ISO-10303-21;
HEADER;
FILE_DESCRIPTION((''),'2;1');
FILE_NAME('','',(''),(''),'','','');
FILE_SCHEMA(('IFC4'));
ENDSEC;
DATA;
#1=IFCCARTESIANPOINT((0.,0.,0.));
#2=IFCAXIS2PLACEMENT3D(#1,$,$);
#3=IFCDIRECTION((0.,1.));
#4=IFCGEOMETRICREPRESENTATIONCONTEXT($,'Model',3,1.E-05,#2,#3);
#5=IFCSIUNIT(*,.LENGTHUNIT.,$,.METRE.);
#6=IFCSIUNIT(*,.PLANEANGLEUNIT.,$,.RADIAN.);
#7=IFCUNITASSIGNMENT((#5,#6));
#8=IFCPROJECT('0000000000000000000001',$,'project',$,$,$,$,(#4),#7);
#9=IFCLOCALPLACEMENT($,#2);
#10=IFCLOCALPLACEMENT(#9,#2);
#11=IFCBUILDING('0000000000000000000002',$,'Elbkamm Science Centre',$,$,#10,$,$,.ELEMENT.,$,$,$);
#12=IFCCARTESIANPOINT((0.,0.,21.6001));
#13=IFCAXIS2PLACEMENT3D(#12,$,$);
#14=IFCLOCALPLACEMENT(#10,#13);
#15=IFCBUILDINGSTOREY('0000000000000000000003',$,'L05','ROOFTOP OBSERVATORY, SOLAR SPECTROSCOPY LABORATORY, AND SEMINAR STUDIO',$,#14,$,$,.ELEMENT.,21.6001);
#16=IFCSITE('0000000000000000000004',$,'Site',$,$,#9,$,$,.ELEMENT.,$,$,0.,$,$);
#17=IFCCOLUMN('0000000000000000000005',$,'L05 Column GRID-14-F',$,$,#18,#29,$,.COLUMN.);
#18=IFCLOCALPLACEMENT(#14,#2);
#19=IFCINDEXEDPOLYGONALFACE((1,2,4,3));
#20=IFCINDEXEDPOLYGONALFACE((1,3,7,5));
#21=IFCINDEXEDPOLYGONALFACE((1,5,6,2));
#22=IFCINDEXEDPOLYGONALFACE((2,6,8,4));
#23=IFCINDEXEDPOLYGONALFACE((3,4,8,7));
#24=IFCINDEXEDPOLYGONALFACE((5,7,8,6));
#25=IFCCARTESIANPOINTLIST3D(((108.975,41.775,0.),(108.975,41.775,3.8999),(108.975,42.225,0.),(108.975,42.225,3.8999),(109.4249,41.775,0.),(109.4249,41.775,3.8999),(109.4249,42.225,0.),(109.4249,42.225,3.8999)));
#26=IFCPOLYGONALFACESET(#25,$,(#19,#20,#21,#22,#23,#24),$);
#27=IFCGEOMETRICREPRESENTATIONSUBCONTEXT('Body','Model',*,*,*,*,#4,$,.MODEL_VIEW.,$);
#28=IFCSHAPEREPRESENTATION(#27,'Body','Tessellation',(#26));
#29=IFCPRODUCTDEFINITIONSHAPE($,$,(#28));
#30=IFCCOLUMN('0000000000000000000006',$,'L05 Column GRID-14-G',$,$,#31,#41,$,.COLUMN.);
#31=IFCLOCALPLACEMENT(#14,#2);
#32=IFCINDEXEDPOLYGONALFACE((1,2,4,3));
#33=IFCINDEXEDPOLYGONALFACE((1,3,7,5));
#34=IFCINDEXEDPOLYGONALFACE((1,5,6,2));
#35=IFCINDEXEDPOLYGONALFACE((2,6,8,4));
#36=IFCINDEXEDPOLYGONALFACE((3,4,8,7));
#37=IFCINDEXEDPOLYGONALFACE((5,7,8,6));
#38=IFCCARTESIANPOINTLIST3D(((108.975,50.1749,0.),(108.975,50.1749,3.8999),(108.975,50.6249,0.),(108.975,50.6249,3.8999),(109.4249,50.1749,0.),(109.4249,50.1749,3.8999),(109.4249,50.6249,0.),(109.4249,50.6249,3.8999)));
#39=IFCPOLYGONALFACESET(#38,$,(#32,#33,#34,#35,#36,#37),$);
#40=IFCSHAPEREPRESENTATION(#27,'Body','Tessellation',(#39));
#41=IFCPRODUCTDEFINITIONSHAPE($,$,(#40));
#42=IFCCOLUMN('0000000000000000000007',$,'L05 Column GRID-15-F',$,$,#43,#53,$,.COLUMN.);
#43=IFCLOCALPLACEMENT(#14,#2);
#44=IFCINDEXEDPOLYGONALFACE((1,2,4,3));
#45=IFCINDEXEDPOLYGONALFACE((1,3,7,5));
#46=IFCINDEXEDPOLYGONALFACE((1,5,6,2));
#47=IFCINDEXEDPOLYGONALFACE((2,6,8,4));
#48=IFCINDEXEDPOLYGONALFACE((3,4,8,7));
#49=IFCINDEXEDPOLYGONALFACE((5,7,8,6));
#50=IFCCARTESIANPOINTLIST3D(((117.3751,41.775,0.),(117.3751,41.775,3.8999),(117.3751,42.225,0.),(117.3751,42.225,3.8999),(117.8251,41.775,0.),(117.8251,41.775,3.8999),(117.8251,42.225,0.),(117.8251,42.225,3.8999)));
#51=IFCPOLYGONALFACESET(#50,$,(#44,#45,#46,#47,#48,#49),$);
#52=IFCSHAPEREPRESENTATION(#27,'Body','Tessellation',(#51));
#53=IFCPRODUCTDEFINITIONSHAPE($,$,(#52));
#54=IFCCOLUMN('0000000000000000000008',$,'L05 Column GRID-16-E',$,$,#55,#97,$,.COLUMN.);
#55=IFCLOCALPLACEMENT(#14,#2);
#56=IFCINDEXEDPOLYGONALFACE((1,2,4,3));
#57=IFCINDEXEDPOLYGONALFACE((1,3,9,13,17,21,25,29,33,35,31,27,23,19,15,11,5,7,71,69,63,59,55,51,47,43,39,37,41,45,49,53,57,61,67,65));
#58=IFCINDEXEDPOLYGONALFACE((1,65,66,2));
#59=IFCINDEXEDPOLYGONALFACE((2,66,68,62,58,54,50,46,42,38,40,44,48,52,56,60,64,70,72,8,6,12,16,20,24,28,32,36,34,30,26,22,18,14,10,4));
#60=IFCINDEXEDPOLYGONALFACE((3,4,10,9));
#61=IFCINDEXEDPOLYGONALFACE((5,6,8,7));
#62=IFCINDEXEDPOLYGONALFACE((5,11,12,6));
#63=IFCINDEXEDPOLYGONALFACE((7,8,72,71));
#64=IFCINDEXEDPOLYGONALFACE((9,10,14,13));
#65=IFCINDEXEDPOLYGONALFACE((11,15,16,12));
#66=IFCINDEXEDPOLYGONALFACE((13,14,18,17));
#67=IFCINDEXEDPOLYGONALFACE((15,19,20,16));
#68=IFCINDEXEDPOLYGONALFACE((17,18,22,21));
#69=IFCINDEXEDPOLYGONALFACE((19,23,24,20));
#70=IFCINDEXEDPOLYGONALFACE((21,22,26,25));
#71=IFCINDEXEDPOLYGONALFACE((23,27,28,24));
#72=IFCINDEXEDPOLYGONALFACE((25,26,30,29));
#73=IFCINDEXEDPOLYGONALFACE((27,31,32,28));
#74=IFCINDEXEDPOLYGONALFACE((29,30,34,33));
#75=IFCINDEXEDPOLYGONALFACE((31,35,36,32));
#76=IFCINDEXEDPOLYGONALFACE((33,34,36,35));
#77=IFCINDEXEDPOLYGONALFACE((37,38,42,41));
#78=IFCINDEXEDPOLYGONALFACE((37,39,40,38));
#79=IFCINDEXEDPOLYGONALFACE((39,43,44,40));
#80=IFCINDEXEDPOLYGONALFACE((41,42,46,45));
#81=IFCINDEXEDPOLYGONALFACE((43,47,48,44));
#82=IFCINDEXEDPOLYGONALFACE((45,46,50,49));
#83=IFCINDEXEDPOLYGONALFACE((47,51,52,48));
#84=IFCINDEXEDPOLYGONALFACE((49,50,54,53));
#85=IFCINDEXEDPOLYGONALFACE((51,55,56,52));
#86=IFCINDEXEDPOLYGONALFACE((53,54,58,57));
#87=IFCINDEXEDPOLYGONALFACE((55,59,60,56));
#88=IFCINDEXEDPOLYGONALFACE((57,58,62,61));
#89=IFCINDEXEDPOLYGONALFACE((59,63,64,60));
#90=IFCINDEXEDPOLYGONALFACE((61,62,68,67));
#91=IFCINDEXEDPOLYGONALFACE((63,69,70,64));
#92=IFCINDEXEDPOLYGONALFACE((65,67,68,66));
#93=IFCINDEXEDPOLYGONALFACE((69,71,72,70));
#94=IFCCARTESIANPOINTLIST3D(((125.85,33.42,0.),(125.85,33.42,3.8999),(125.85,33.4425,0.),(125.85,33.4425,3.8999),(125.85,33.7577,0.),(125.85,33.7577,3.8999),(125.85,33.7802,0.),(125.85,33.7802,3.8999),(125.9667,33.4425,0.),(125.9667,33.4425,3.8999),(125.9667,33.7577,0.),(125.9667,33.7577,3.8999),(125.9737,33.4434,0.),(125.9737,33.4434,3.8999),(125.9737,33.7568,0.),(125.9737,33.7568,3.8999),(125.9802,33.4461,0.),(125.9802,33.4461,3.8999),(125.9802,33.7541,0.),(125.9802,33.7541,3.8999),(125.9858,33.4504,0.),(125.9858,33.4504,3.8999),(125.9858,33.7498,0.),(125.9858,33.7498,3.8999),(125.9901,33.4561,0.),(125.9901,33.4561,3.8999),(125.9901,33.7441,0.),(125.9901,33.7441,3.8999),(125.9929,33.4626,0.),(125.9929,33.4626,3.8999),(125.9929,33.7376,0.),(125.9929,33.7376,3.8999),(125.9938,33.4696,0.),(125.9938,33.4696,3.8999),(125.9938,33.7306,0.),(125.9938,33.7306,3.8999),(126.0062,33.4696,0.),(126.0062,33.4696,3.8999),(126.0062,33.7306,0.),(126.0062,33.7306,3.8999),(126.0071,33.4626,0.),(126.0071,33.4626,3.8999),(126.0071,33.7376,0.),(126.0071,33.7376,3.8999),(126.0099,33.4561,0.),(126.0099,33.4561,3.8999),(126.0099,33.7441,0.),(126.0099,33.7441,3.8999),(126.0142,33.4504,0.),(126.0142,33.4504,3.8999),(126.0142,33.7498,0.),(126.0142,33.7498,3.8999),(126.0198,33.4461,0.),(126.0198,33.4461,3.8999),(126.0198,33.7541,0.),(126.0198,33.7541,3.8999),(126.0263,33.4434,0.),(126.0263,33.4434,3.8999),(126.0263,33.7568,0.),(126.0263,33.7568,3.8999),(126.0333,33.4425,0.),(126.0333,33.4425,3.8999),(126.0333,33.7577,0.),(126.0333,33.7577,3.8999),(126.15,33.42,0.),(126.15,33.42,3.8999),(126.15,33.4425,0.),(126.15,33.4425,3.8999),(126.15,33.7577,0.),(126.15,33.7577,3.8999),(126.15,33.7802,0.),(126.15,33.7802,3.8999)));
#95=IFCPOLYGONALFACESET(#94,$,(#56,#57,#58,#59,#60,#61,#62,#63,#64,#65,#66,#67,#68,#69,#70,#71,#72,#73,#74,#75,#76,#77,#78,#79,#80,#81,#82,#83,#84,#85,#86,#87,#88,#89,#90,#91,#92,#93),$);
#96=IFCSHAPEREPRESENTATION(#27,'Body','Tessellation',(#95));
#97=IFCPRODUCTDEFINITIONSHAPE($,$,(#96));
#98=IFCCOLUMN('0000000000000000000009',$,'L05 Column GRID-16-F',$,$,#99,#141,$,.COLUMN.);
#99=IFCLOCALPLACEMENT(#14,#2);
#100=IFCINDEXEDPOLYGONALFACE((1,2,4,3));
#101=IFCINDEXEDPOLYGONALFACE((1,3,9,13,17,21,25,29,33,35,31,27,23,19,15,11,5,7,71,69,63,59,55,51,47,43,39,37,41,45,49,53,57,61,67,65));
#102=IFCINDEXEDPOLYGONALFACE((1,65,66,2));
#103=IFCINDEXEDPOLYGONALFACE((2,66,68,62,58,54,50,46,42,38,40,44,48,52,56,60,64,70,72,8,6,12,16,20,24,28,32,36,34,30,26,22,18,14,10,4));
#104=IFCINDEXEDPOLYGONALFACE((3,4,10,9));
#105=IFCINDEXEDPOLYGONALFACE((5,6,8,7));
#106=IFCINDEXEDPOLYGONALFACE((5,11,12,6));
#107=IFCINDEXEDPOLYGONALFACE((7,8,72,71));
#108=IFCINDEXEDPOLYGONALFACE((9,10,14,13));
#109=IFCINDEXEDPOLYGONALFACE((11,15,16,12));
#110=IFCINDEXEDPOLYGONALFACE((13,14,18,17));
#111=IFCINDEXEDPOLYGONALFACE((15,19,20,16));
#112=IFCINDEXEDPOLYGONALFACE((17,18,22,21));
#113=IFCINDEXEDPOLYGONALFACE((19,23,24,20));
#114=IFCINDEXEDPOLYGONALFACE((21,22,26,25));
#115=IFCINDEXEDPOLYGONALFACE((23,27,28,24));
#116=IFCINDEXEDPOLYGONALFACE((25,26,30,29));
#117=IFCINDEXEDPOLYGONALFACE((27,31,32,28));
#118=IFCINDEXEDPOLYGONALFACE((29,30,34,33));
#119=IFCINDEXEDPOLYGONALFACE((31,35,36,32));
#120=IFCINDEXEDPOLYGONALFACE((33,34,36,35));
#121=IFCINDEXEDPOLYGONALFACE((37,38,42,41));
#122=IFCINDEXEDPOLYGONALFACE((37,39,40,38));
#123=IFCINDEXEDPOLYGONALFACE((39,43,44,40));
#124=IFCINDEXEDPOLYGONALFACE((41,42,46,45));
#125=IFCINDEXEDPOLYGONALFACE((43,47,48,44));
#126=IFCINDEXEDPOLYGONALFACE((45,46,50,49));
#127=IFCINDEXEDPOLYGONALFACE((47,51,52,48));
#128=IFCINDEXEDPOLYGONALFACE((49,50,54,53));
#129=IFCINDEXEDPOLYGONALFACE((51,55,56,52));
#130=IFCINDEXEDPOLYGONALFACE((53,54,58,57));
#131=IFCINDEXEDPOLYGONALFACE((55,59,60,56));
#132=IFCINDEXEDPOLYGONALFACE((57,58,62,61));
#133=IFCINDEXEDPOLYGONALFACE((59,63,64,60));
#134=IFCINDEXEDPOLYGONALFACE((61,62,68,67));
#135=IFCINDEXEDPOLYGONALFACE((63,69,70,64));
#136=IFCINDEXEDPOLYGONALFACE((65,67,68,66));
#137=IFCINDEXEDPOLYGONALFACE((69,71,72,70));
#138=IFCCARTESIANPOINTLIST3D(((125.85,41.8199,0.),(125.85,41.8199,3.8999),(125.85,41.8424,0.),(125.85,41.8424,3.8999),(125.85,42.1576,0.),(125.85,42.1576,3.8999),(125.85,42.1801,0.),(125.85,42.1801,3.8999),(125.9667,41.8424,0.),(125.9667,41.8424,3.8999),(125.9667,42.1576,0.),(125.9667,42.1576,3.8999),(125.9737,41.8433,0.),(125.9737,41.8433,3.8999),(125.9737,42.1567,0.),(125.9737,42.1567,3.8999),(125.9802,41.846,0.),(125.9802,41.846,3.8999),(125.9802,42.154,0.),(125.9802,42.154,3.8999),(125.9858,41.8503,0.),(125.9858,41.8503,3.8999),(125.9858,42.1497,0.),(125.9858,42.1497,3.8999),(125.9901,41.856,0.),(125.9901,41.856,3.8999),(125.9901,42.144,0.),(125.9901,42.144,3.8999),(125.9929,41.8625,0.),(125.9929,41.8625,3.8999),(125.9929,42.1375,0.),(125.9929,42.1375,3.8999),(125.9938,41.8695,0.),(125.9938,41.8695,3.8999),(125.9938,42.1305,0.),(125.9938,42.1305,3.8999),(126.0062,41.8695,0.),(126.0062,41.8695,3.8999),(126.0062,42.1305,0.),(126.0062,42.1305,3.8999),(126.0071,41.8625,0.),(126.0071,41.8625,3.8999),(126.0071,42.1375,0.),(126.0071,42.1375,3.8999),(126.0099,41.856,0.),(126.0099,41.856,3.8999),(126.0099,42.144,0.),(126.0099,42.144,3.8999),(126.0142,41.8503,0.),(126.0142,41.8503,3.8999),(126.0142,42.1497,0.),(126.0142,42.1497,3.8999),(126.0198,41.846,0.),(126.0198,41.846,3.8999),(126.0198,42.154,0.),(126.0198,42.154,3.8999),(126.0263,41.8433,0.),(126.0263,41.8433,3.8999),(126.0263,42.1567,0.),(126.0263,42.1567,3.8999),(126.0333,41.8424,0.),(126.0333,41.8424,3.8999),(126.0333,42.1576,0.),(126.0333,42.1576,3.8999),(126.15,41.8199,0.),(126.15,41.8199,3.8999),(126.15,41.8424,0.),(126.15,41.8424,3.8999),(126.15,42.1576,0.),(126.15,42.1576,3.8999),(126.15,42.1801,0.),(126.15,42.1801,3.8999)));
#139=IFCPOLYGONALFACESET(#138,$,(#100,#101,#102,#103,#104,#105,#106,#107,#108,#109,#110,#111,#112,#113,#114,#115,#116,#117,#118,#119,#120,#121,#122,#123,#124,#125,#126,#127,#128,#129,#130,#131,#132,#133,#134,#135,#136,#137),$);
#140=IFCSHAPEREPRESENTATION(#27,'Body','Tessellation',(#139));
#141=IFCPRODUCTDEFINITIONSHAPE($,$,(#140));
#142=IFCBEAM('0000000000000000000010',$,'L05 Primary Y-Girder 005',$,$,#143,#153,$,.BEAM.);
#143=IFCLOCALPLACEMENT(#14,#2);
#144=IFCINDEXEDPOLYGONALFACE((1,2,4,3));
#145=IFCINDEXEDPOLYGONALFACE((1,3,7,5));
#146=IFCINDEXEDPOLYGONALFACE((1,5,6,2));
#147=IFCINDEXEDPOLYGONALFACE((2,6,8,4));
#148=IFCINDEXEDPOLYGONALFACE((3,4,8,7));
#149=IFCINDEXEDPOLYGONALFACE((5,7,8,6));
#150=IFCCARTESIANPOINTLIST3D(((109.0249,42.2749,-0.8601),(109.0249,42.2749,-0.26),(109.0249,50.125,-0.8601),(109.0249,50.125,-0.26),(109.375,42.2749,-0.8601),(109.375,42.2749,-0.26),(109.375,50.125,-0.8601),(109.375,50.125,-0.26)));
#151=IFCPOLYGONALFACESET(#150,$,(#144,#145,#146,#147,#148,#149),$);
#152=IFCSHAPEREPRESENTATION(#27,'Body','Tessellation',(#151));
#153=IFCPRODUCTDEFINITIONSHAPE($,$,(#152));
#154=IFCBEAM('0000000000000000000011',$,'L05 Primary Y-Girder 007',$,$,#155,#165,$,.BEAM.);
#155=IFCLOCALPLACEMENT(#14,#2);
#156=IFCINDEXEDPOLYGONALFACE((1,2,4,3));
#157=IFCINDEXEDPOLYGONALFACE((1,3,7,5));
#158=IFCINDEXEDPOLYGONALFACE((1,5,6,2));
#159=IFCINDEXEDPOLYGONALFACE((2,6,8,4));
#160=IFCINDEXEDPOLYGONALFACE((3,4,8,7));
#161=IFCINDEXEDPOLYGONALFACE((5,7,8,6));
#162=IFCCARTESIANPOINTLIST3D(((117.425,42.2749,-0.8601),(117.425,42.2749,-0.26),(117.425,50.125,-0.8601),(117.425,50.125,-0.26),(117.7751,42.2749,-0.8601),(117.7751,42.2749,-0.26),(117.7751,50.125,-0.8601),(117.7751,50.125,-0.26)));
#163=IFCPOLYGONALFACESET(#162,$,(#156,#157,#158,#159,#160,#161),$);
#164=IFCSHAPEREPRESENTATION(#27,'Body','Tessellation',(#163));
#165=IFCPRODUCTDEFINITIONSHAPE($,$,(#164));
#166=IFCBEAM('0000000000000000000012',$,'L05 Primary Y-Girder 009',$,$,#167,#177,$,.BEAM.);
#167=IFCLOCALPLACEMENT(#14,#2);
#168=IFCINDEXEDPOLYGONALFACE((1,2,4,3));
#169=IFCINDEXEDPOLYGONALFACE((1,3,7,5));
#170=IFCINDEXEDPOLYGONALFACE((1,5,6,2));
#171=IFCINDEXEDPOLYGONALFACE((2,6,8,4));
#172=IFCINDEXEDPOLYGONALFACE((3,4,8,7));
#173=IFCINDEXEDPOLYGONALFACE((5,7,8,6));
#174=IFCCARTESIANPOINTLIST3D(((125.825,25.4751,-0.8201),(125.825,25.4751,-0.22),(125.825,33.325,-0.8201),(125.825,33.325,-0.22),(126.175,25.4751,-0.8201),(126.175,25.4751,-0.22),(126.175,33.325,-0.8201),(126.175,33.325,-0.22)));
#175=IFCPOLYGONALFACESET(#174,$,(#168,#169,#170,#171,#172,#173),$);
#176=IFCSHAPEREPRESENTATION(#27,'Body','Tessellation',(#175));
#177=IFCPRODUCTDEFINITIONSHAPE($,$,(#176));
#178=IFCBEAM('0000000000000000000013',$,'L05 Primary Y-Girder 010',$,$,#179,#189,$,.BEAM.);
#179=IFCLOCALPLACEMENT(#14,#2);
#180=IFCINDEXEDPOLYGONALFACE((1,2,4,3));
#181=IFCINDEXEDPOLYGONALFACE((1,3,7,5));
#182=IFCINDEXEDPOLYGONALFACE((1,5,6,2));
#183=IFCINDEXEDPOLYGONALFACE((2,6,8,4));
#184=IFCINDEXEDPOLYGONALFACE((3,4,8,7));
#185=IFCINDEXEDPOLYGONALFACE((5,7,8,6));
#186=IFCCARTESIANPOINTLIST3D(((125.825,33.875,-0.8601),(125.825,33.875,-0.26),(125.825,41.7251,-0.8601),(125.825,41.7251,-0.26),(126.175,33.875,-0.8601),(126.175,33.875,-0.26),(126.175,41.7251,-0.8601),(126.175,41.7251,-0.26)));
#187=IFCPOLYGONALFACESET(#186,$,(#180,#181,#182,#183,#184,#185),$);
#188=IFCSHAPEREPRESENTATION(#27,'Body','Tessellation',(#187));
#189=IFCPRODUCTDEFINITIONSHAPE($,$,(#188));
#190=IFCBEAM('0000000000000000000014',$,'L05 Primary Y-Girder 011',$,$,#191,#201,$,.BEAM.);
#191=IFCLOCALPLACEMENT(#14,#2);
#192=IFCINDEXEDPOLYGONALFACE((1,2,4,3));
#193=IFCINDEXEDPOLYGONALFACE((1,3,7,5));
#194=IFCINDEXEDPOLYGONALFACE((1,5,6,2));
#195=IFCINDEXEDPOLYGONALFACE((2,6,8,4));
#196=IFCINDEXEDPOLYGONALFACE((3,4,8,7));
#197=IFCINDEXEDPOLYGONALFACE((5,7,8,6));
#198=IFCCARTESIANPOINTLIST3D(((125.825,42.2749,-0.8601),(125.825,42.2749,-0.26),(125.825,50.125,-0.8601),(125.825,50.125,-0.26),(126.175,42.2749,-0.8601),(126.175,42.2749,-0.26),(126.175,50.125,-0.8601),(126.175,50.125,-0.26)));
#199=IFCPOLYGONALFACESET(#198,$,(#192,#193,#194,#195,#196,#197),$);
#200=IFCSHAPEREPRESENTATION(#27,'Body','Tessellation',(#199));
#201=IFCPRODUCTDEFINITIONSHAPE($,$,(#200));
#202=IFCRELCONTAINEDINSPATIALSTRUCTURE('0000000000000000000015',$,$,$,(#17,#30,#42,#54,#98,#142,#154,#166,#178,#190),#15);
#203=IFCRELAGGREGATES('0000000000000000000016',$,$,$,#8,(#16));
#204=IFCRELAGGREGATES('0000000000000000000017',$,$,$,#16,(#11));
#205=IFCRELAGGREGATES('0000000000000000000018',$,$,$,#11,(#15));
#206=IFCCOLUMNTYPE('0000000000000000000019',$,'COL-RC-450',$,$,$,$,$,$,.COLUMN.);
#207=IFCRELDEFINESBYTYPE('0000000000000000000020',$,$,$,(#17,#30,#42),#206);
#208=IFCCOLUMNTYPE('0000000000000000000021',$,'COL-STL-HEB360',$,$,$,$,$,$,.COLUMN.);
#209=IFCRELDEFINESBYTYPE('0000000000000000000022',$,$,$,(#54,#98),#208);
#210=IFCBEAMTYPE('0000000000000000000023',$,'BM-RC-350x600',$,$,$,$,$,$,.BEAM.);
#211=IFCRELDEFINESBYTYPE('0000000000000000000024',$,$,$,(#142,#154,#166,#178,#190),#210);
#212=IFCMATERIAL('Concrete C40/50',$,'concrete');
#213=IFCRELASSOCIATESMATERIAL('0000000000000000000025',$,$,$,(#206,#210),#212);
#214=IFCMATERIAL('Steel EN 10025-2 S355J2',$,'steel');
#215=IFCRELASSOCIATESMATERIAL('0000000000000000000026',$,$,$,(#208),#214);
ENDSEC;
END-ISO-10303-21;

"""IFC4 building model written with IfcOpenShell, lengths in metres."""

from ifc_helpers import new_model, si_unit, direction, frame, origin, origin_2d, place, context, subcontext, project, spatial, rectangle, i_section, extrude, material, material_profile, profile_set, type_object, element, save


model = new_model("IFC4")

# Units and contexts
model_context = context("Model", 3, precision=1e-05, world=origin(), true_north=direction((0.0, 1.0)))
body_context = subcontext(model_context, "Body", "Model", "MODEL_VIEW")
ifc_project = project(units=[si_unit("LENGTHUNIT", "METRE"), si_unit("PLANEANGLEUNIT", "RADIAN")], contexts=[model_context])

# Site, building, storey
site_placement = place(None, origin())
site = spatial("IfcSite", under=ifc_project, at=site_placement, Name="Site", CompositionType="ELEMENT", RefElevation=0.0)
building_placement = place(site_placement, origin())
building = spatial("IfcBuilding", under=site, at=building_placement, Name="Elbkamm Science Centre", CompositionType="ELEMENT")
storey_placement = place(building_placement, frame((0.0, 0.0, 21.6001)))
storey = spatial("IfcBuildingStorey", under=building, at=storey_placement, Name="L05", Description="ROOFTOP OBSERVATORY, SOLAR SPECTROSCOPY LABORATORY, AND SEMINAR STUDIO", CompositionType="ELEMENT", Elevation=21.6001)

# Columns
ifc_material_1 = material(Name="Concrete C40/50", Category="concrete")
ifc_material_profile_1 = material_profile(ifc_material_1, rectangle(XDim=0.45, YDim=0.45, at=origin_2d()), Name="RC 450x450")
ifc_profile_set_1 = profile_set([ifc_material_profile_1], Name="Concrete C40/50")
column_type_1 = type_object("IfcColumnType", Name="COL-RC-450", PredefinedType="COLUMN", material=ifc_profile_set_1)
for number, where, z_axis, x_axis, name in (
    (1, (109.2, 42.0, 0.0), (0.0, 0.0, 1.0), (1.0, 0.0, 0.0), "L05 Column GRID-14-F"),
    (2, (109.2, 50.3999, 0.0), (0.0, 0.0, 1.0), (1.0, 0.0, 0.0), "L05 Column GRID-14-G"),
    (3, (117.6001, 42.0, 0.0), (0.0, 0.0, 1.0), (1.0, 0.0, 0.0), "L05 Column GRID-15-F"),
):
    element("IfcColumn", number, at=place(storey_placement, frame(where, z_axis=z_axis, x_axis=x_axis)), inside=storey, type_object=column_type_1, Name=name, PredefinedType="COLUMN", context=body_context, shape_type="SweptSolid", body=[
        extrude(rectangle(XDim=0.45, YDim=0.45, at=origin_2d()), origin(), (0.0, 0.0, 1.0), 3.8999),
    ])
ifc_material_2 = material(Name="Steel EN 10025-2 S355J2", Category="steel")
ifc_material_profile_2 = material_profile(ifc_material_2, i_section(OverallWidth=0.3, OverallDepth=0.3601, WebThickness=0.0125, FlangeThickness=0.0225, FilletRadius=0.0271, at=origin_2d()), Name="HEB 360")
ifc_profile_set_2 = profile_set([ifc_material_profile_2], Name="Steel EN 10025-2 S355J2")
column_type_2 = type_object("IfcColumnType", Name="COL-STL-HEB360", PredefinedType="COLUMN", material=ifc_profile_set_2)
for number, where, z_axis, x_axis, name in (
    (4, (126.0, 33.6001, 0.0), (0.0, 0.0, 1.0), (1.0, 0.0, 0.0), "L05 Column GRID-16-E"),
    (5, (126.0, 42.0, 0.0), (0.0, 0.0, 1.0), (1.0, 0.0, 0.0), "L05 Column GRID-16-F"),
):
    element("IfcColumn", number, at=place(storey_placement, frame(where, z_axis=z_axis, x_axis=x_axis)), inside=storey, type_object=column_type_2, Name=name, PredefinedType="COLUMN", context=body_context, shape_type="SweptSolid", body=[
        extrude(i_section(OverallWidth=0.3, OverallDepth=0.3601, WebThickness=0.0125, FlangeThickness=0.0225, FilletRadius=0.0271, at=origin_2d()), origin(), (0.0, 0.0, 1.0), 3.8999),
    ])

# Beams
ifc_material_profile_3 = material_profile(ifc_material_1, rectangle(XDim=0.3501, YDim=0.6001, at=origin_2d()), Name="RC 350x600")
ifc_profile_set_3 = profile_set([ifc_material_profile_3], Name="Concrete C40/50")
beam_type_1 = type_object("IfcBeamType", Name="BM-RC-350x600", PredefinedType="BEAM", material=ifc_profile_set_3)
for number, where, z_axis, x_axis, name in (
    (6, (109.2, 42.2749, -0.5601), (0.0, 1.0, 0.0), (-1.0, 0.0, 0.0), "L05 Primary Y-Girder 005"),
    (7, (117.6001, 42.2749, -0.5601), (0.0, 1.0, 0.0), (-1.0, 0.0, 0.0), "L05 Primary Y-Girder 007"),
):
    element("IfcBeam", number, at=place(storey_placement, frame(where, z_axis=z_axis, x_axis=x_axis)), inside=storey, type_object=beam_type_1, Name=name, PredefinedType="BEAM", context=body_context, shape_type="SweptSolid", body=[
        extrude(rectangle(XDim=0.3501, YDim=0.6001, at=origin_2d()), origin(), (0.0, 0.0, 1.0), 7.8501),
    ])
beam_1_placement = place(storey_placement, frame((126.0, 25.4751, -0.52), z_axis=(0.0, 1.0, 0.0), x_axis=(-1.0, 0.0, 0.0)))
element("IfcBeam", 8, at=beam_1_placement, inside=storey, type_object=beam_type_1, Name="L05 Primary Y-Girder 009", PredefinedType="BEAM", context=body_context, shape_type="SweptSolid", body=[
    extrude(rectangle(XDim=0.3501, YDim=0.6001, at=origin_2d()), origin(), (0.0, 0.0, 1.0), 7.8499),
])
for number, where, z_axis, x_axis, name in (
    (9, (126.0, 33.875, -0.5601), (0.0, 1.0, 0.0), (-1.0, 0.0, 0.0), "L05 Primary Y-Girder 010"),
    (10, (126.0, 42.2749, -0.5601), (0.0, 1.0, 0.0), (-1.0, 0.0, 0.0), "L05 Primary Y-Girder 011"),
):
    element("IfcBeam", number, at=place(storey_placement, frame(where, z_axis=z_axis, x_axis=x_axis)), inside=storey, type_object=beam_type_1, Name=name, PredefinedType="BEAM", context=body_context, shape_type="SweptSolid", body=[
        extrude(rectangle(XDim=0.3501, YDim=0.6001, at=origin_2d()), origin(), (0.0, 0.0, 1.0), 7.8501),
    ])

save(model, "model.ifc")
